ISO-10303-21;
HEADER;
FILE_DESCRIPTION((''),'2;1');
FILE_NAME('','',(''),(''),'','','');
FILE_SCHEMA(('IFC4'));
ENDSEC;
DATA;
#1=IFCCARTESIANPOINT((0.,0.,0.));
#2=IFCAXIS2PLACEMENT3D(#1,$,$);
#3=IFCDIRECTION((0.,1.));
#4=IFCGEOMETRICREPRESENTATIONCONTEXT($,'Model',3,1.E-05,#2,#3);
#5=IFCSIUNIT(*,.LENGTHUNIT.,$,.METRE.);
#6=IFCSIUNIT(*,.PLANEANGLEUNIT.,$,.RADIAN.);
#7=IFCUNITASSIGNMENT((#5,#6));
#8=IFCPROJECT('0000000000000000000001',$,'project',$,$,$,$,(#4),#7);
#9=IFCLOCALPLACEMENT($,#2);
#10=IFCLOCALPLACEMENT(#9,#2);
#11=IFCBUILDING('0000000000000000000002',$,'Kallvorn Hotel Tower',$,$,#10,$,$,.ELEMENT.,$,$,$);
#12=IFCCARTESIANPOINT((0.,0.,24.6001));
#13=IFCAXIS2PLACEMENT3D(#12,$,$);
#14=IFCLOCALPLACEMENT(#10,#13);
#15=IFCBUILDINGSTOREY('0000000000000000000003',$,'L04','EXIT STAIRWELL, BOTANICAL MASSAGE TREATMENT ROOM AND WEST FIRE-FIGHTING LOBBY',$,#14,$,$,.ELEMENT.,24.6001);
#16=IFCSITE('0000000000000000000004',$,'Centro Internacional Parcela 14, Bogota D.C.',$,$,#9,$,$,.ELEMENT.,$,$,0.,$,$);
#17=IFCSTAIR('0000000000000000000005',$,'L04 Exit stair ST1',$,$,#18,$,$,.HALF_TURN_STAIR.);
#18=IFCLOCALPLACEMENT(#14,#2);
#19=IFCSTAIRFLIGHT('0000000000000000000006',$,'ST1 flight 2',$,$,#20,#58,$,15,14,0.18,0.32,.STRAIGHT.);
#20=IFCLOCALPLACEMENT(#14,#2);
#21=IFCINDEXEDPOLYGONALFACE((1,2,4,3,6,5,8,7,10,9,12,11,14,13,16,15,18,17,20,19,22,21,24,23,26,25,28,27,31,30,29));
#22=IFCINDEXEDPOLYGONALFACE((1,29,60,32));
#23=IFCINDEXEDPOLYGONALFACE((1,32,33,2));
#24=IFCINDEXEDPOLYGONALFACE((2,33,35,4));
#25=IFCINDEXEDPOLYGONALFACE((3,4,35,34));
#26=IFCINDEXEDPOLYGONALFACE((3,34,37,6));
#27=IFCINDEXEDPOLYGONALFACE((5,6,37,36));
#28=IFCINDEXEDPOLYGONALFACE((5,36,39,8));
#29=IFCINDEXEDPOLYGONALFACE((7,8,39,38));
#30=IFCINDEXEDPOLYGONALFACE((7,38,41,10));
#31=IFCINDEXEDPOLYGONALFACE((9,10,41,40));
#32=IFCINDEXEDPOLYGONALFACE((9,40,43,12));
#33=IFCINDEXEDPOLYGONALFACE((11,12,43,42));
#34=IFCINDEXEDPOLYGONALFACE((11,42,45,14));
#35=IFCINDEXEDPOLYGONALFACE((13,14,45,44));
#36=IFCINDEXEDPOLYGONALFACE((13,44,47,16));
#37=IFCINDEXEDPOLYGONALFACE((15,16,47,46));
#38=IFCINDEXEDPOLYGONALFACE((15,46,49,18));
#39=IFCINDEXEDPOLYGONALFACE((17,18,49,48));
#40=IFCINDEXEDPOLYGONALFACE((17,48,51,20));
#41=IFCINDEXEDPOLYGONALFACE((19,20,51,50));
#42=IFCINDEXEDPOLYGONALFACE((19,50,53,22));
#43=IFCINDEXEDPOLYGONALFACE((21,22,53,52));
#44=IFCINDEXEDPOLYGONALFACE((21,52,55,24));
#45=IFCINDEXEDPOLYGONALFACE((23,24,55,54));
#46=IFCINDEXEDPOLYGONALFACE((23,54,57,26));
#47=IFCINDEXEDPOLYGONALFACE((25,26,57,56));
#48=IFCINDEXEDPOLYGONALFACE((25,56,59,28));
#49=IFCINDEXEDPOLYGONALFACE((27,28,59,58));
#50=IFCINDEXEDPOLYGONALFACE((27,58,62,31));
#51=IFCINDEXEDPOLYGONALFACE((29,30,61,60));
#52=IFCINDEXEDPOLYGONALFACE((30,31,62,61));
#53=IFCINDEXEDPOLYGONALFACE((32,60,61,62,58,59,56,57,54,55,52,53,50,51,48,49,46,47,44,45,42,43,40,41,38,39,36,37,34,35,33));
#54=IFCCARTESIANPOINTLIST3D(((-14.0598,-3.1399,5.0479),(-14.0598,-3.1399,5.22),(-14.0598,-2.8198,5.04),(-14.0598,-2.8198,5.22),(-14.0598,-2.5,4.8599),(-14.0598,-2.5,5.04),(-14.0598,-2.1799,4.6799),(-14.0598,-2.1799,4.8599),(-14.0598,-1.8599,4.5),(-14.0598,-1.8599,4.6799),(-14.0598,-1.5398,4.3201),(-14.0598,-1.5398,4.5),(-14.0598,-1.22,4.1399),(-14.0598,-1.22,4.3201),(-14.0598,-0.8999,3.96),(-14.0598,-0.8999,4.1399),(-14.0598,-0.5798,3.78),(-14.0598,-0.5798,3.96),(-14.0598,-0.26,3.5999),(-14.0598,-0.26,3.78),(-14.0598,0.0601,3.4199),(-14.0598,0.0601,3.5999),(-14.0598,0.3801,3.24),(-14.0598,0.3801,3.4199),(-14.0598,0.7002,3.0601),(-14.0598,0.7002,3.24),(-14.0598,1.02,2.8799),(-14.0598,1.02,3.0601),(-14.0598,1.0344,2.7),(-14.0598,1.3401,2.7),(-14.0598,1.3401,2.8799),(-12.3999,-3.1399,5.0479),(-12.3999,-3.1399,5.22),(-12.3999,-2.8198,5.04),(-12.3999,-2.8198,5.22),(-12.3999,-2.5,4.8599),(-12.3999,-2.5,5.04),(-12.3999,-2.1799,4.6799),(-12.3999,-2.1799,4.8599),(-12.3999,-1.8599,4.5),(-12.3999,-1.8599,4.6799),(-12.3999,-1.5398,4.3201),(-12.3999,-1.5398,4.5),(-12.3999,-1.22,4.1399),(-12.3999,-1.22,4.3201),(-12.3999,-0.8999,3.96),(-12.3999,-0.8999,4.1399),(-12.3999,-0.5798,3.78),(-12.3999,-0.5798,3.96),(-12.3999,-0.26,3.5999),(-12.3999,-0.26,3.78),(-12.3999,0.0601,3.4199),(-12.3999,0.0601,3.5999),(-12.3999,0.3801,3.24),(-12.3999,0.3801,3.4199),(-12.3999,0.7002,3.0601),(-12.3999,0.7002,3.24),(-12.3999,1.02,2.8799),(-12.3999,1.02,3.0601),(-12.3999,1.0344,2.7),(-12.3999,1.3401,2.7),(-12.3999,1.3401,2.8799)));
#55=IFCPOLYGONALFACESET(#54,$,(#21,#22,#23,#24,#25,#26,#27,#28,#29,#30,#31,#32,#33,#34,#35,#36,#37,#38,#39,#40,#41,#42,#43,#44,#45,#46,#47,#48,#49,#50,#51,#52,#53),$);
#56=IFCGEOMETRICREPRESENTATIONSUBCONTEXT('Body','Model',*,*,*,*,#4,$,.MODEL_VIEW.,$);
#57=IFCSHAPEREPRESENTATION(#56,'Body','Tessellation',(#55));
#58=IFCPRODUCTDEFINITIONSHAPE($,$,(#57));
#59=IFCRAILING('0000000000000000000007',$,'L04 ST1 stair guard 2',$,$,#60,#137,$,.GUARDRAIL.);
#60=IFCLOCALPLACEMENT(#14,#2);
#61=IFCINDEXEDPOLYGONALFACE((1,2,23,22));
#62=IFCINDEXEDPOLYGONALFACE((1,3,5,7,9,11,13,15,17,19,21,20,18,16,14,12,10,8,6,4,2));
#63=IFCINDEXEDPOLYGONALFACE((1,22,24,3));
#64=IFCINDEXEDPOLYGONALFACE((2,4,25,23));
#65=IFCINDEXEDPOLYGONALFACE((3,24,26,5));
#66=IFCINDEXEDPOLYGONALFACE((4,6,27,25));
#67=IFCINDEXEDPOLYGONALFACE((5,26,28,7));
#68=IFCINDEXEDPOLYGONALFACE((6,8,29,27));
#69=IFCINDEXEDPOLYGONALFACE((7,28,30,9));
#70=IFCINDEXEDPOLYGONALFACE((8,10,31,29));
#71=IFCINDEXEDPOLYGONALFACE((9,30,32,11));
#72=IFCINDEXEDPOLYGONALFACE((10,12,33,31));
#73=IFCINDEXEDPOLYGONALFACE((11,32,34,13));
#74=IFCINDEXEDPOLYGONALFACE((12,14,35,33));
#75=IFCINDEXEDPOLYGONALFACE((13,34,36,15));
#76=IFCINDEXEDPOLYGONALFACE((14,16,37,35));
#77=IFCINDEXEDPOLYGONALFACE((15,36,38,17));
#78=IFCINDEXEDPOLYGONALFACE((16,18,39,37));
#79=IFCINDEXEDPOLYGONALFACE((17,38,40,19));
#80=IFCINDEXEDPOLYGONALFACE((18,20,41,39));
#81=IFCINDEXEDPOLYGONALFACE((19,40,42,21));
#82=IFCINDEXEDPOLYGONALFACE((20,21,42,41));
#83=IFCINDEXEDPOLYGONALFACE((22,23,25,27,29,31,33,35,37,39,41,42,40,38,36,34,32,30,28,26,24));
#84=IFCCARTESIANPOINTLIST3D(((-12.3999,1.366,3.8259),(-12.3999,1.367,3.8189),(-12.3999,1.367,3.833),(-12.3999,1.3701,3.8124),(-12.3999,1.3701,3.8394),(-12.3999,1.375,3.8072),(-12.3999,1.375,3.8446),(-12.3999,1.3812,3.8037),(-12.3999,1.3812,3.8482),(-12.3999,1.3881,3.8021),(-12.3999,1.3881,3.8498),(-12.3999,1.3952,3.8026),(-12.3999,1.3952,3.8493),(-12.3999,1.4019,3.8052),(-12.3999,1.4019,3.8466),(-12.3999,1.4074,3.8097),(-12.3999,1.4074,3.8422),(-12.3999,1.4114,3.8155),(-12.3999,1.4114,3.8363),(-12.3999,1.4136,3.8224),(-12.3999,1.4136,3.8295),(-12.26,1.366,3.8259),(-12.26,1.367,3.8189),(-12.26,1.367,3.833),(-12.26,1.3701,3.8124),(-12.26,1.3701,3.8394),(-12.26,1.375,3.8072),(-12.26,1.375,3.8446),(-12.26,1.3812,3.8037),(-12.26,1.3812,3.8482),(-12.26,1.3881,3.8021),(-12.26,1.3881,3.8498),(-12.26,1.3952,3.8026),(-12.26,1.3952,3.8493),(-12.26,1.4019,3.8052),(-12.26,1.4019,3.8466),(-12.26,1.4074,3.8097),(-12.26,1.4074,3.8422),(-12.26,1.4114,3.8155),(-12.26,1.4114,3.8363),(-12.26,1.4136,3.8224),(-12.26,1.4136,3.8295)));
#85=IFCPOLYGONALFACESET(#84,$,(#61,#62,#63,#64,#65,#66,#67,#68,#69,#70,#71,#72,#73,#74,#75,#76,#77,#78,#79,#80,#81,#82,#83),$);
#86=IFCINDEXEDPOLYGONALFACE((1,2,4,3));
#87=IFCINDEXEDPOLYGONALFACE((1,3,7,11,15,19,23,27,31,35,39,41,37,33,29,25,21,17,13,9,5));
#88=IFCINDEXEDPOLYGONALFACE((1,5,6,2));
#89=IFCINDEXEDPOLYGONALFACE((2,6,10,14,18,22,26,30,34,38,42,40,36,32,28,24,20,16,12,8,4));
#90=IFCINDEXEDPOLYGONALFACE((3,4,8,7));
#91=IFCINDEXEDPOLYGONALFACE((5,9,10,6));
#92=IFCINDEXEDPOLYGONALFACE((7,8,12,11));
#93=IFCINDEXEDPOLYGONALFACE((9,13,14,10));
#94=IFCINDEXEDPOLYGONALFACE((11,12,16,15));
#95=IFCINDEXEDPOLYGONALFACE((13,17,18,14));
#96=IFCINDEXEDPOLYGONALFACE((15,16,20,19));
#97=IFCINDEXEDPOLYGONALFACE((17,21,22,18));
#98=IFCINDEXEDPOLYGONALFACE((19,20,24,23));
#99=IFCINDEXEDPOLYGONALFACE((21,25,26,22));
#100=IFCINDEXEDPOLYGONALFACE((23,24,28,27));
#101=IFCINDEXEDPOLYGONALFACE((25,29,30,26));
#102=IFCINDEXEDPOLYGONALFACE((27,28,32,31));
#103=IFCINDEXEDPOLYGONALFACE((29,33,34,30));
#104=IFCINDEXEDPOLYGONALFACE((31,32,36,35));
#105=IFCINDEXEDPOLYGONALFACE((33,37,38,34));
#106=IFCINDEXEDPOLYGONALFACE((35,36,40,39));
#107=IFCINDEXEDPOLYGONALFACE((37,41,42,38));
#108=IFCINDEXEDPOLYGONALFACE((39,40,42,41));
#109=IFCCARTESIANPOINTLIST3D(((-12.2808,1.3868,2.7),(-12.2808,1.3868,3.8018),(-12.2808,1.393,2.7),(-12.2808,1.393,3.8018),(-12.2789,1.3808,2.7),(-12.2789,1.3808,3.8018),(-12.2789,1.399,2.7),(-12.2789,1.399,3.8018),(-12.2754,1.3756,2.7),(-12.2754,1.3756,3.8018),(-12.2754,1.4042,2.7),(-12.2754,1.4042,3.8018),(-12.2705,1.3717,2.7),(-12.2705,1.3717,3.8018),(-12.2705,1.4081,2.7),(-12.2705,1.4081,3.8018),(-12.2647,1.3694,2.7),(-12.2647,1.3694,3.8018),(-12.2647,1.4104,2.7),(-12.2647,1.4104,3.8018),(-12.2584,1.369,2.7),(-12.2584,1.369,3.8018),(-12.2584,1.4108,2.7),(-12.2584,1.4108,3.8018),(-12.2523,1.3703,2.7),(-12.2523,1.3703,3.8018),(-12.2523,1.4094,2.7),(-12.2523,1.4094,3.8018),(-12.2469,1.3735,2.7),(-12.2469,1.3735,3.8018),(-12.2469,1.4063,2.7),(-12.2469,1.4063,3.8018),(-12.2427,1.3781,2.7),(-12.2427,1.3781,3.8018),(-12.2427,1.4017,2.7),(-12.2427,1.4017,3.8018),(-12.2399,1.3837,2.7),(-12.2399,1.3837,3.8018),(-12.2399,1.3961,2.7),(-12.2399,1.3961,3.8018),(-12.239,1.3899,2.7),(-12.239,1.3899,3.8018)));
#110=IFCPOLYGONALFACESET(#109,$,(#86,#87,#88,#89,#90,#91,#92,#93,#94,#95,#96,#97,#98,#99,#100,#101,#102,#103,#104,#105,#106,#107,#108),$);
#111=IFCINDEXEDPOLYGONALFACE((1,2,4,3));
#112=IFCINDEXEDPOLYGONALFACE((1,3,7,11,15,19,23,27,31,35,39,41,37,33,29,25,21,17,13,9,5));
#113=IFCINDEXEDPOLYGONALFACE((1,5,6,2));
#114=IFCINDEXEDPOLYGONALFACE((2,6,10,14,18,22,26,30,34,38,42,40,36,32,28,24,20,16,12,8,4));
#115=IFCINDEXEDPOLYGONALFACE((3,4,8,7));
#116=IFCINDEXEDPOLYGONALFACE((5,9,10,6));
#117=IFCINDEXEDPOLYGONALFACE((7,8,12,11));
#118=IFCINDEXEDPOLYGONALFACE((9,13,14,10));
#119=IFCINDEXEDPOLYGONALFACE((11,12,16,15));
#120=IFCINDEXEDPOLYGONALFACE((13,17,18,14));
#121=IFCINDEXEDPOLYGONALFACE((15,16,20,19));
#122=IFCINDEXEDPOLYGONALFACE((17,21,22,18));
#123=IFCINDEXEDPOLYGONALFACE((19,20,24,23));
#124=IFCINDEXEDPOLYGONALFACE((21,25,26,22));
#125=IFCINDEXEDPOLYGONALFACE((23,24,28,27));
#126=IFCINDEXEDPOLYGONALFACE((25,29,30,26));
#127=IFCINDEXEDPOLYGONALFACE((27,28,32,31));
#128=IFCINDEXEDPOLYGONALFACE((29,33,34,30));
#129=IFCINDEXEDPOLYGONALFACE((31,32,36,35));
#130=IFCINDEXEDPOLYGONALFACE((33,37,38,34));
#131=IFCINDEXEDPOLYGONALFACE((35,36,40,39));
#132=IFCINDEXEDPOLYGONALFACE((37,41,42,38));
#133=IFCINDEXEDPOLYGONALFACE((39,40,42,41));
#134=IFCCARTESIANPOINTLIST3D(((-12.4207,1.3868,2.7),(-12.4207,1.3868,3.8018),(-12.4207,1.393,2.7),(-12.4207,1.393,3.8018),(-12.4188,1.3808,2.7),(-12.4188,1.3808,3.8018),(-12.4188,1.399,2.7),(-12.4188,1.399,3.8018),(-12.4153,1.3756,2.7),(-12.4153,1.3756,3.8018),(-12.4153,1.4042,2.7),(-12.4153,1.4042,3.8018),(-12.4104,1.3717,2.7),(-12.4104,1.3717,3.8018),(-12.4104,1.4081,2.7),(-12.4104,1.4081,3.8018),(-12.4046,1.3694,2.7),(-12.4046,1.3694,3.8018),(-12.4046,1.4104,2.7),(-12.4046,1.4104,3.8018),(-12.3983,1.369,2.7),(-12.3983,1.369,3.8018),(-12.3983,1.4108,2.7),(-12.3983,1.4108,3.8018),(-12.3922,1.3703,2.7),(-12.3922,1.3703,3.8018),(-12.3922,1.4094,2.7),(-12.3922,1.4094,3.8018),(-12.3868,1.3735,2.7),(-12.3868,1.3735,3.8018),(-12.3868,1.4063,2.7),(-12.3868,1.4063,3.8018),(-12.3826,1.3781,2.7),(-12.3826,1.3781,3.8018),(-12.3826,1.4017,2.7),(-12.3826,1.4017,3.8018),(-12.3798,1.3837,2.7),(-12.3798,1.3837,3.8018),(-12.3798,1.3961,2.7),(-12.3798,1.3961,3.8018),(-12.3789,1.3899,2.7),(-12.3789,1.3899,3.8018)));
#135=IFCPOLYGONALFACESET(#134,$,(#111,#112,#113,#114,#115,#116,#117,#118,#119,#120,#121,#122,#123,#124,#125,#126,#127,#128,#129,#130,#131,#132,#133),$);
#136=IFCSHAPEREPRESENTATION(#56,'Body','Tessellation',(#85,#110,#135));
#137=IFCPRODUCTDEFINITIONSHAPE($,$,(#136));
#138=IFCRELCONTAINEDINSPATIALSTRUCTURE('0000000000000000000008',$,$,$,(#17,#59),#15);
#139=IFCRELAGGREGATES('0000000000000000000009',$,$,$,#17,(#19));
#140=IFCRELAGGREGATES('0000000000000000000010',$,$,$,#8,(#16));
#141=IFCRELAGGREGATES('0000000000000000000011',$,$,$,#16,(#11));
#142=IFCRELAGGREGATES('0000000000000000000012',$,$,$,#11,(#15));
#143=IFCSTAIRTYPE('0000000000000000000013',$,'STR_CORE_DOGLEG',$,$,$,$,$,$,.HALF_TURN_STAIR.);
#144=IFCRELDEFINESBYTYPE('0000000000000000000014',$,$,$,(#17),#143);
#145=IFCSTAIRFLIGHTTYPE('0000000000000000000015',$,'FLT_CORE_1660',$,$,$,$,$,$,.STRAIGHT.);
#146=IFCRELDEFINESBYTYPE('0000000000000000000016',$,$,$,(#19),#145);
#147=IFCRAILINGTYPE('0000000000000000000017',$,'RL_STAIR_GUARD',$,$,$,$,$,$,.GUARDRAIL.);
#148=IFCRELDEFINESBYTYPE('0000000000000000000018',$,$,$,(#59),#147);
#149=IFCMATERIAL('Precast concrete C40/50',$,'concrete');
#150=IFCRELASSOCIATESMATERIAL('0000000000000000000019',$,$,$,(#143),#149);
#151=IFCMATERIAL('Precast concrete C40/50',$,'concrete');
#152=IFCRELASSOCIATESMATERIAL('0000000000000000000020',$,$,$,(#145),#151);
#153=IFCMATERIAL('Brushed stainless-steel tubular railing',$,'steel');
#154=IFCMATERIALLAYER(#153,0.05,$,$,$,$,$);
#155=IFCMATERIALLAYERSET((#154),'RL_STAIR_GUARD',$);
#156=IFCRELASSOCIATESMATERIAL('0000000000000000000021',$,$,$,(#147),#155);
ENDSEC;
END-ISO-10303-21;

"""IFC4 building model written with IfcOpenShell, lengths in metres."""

from ifc_helpers import new_model, si_unit, direction, frame, origin, origin_2d, place, context, subcontext, project, spatial, polyline, circle, outline, extrude, material, layer, layer_set, type_object, element, aggregate, save


model = new_model("IFC4")

# Units and contexts
model_context = context("Model", 3, precision=1e-05, world=origin(), true_north=direction((0.0, 1.0)))
body_context = subcontext(model_context, "Body", "Model", "MODEL_VIEW")
ifc_project = project(units=[si_unit("LENGTHUNIT", "METRE"), si_unit("PLANEANGLEUNIT", "RADIAN")], contexts=[model_context])

# Site, building, storey
site_placement = place(None, origin())
site = spatial("IfcSite", under=ifc_project, at=site_placement, Name="Centro Internacional Parcela 14, Bogota D.C.", CompositionType="ELEMENT", RefElevation=0.0)
building_placement = place(site_placement, origin())
building = spatial("IfcBuilding", under=site, at=building_placement, Name="Kallvorn Hotel Tower", CompositionType="ELEMENT")
storey_placement = place(building_placement, frame((0.0, 0.0, 24.6001)))
storey = spatial("IfcBuildingStorey", under=building, at=storey_placement, Name="L04", Description="EXIT STAIRWELL, BOTANICAL MASSAGE TREATMENT ROOM AND WEST FIRE-FIGHTING LOBBY", CompositionType="ELEMENT", Elevation=24.6001)

# Stair, stair flight
ifc_material_1 = material(Name="Precast concrete C40/50", Category="concrete")
stair_type = type_object("IfcStairType", Name="STR_CORE_DOGLEG", PredefinedType="HALF_TURN_STAIR", material=ifc_material_1)
stair_placement = place(storey_placement, origin())
stair = element("IfcStair", 1, at=stair_placement, inside=storey, type_object=stair_type, Name="L04 Exit stair ST1", PredefinedType="HALF_TURN_STAIR")
ifc_material_2 = material(Name="Precast concrete C40/50", Category="concrete")
stair_flight_type = type_object("IfcStairFlightType", Name="FLT_CORE_1660", PredefinedType="STRAIGHT", material=ifc_material_2)
stair_flight_placement = place(storey_placement, frame((-13.23, 1.3401, 2.7), z_axis=(0.0, 0.0, 1.0), x_axis=(0.0, -1.0, 0.0)))
stair_flight = element("IfcStairFlight", 2, at=stair_flight_placement, type_object=stair_flight_type, Name="ST1 flight 2", NumberOfRisers=15, NumberOfTreads=14, PredefinedType="STRAIGHT", RiserHeight=0.18, TreadLength=0.32, context=body_context, shape_type="SweptSolid", body=[
    extrude(outline(polyline([(0.0, 0.0), (0.0, 0.1799), (0.3201, 0.1799), (0.3201, 0.3601), (0.6399, 0.3601), (0.6399, 0.54), (0.96, 0.54), (0.96, 0.72), (1.28, 0.72), (1.28, 0.8999), (1.6001, 0.8999), (1.6001, 1.0801), (1.9199, 1.0801), (1.9199, 1.26), (2.24, 1.26), (2.24, 1.4399), (2.5601, 1.4399), (2.5601, 1.6201), (2.8799, 1.6201), (2.8799, 1.8), (3.2, 1.8), (3.2, 1.98), (3.52, 1.98), (3.52, 2.1599), (3.8401, 2.1599), (3.8401, 2.3401), (4.1599, 2.3401), (4.1599, 2.52), (4.48, 2.52), (4.48, 2.7), (4.48, 2.3479), (0.3057, 0.0), (0.0, 0.0)])), frame((0.0, 0.8301, 0.0), z_axis=(0.0, -1.0, 0.0), x_axis=(1.0, 0.0, 0.0)), (0.0, 0.0, 1.0), 1.6599),
])
aggregate(stair, [stair_flight])

# Railing
ifc_material_3 = material(Name="Brushed stainless-steel tubular railing", Category="steel")
ifc_layer_1 = layer(ifc_material_3, 0.05)
ifc_layer_set_1 = layer_set([ifc_layer_1], Name="RL_STAIR_GUARD")
railing_type_1 = type_object("IfcRailingType", Name="RL_STAIR_GUARD", PredefinedType="GUARDRAIL", material=ifc_layer_set_1)
railing_1_placement = place(storey_placement, frame((-12.26, 1.3899, 2.7)))
element("IfcRailing", 3, at=railing_1_placement, inside=storey, type_object=railing_type_1, Name="L04 ST1 stair guard 2", PredefinedType="GUARDRAIL", context=body_context, shape_type="SweptSolid", body=[
    extrude(circle(Radius=0.0239, at=origin_2d()), frame((0.0, 0.0, 1.126), z_axis=(-1.0, 0.0, 0.0), x_axis=(0.0, -1.0, 0.0)), (0.0, 0.0, 1.0), 0.1399),
    extrude(circle(Radius=0.021, at=origin_2d()), origin(), (0.0, 0.0, 1.0), 1.1018),
    extrude(circle(Radius=0.021, at=origin_2d()), frame((-0.1399, 0.0, 0.0)), (0.0, 0.0, 1.0), 1.1018),
])

save(model, "model.ifc")
